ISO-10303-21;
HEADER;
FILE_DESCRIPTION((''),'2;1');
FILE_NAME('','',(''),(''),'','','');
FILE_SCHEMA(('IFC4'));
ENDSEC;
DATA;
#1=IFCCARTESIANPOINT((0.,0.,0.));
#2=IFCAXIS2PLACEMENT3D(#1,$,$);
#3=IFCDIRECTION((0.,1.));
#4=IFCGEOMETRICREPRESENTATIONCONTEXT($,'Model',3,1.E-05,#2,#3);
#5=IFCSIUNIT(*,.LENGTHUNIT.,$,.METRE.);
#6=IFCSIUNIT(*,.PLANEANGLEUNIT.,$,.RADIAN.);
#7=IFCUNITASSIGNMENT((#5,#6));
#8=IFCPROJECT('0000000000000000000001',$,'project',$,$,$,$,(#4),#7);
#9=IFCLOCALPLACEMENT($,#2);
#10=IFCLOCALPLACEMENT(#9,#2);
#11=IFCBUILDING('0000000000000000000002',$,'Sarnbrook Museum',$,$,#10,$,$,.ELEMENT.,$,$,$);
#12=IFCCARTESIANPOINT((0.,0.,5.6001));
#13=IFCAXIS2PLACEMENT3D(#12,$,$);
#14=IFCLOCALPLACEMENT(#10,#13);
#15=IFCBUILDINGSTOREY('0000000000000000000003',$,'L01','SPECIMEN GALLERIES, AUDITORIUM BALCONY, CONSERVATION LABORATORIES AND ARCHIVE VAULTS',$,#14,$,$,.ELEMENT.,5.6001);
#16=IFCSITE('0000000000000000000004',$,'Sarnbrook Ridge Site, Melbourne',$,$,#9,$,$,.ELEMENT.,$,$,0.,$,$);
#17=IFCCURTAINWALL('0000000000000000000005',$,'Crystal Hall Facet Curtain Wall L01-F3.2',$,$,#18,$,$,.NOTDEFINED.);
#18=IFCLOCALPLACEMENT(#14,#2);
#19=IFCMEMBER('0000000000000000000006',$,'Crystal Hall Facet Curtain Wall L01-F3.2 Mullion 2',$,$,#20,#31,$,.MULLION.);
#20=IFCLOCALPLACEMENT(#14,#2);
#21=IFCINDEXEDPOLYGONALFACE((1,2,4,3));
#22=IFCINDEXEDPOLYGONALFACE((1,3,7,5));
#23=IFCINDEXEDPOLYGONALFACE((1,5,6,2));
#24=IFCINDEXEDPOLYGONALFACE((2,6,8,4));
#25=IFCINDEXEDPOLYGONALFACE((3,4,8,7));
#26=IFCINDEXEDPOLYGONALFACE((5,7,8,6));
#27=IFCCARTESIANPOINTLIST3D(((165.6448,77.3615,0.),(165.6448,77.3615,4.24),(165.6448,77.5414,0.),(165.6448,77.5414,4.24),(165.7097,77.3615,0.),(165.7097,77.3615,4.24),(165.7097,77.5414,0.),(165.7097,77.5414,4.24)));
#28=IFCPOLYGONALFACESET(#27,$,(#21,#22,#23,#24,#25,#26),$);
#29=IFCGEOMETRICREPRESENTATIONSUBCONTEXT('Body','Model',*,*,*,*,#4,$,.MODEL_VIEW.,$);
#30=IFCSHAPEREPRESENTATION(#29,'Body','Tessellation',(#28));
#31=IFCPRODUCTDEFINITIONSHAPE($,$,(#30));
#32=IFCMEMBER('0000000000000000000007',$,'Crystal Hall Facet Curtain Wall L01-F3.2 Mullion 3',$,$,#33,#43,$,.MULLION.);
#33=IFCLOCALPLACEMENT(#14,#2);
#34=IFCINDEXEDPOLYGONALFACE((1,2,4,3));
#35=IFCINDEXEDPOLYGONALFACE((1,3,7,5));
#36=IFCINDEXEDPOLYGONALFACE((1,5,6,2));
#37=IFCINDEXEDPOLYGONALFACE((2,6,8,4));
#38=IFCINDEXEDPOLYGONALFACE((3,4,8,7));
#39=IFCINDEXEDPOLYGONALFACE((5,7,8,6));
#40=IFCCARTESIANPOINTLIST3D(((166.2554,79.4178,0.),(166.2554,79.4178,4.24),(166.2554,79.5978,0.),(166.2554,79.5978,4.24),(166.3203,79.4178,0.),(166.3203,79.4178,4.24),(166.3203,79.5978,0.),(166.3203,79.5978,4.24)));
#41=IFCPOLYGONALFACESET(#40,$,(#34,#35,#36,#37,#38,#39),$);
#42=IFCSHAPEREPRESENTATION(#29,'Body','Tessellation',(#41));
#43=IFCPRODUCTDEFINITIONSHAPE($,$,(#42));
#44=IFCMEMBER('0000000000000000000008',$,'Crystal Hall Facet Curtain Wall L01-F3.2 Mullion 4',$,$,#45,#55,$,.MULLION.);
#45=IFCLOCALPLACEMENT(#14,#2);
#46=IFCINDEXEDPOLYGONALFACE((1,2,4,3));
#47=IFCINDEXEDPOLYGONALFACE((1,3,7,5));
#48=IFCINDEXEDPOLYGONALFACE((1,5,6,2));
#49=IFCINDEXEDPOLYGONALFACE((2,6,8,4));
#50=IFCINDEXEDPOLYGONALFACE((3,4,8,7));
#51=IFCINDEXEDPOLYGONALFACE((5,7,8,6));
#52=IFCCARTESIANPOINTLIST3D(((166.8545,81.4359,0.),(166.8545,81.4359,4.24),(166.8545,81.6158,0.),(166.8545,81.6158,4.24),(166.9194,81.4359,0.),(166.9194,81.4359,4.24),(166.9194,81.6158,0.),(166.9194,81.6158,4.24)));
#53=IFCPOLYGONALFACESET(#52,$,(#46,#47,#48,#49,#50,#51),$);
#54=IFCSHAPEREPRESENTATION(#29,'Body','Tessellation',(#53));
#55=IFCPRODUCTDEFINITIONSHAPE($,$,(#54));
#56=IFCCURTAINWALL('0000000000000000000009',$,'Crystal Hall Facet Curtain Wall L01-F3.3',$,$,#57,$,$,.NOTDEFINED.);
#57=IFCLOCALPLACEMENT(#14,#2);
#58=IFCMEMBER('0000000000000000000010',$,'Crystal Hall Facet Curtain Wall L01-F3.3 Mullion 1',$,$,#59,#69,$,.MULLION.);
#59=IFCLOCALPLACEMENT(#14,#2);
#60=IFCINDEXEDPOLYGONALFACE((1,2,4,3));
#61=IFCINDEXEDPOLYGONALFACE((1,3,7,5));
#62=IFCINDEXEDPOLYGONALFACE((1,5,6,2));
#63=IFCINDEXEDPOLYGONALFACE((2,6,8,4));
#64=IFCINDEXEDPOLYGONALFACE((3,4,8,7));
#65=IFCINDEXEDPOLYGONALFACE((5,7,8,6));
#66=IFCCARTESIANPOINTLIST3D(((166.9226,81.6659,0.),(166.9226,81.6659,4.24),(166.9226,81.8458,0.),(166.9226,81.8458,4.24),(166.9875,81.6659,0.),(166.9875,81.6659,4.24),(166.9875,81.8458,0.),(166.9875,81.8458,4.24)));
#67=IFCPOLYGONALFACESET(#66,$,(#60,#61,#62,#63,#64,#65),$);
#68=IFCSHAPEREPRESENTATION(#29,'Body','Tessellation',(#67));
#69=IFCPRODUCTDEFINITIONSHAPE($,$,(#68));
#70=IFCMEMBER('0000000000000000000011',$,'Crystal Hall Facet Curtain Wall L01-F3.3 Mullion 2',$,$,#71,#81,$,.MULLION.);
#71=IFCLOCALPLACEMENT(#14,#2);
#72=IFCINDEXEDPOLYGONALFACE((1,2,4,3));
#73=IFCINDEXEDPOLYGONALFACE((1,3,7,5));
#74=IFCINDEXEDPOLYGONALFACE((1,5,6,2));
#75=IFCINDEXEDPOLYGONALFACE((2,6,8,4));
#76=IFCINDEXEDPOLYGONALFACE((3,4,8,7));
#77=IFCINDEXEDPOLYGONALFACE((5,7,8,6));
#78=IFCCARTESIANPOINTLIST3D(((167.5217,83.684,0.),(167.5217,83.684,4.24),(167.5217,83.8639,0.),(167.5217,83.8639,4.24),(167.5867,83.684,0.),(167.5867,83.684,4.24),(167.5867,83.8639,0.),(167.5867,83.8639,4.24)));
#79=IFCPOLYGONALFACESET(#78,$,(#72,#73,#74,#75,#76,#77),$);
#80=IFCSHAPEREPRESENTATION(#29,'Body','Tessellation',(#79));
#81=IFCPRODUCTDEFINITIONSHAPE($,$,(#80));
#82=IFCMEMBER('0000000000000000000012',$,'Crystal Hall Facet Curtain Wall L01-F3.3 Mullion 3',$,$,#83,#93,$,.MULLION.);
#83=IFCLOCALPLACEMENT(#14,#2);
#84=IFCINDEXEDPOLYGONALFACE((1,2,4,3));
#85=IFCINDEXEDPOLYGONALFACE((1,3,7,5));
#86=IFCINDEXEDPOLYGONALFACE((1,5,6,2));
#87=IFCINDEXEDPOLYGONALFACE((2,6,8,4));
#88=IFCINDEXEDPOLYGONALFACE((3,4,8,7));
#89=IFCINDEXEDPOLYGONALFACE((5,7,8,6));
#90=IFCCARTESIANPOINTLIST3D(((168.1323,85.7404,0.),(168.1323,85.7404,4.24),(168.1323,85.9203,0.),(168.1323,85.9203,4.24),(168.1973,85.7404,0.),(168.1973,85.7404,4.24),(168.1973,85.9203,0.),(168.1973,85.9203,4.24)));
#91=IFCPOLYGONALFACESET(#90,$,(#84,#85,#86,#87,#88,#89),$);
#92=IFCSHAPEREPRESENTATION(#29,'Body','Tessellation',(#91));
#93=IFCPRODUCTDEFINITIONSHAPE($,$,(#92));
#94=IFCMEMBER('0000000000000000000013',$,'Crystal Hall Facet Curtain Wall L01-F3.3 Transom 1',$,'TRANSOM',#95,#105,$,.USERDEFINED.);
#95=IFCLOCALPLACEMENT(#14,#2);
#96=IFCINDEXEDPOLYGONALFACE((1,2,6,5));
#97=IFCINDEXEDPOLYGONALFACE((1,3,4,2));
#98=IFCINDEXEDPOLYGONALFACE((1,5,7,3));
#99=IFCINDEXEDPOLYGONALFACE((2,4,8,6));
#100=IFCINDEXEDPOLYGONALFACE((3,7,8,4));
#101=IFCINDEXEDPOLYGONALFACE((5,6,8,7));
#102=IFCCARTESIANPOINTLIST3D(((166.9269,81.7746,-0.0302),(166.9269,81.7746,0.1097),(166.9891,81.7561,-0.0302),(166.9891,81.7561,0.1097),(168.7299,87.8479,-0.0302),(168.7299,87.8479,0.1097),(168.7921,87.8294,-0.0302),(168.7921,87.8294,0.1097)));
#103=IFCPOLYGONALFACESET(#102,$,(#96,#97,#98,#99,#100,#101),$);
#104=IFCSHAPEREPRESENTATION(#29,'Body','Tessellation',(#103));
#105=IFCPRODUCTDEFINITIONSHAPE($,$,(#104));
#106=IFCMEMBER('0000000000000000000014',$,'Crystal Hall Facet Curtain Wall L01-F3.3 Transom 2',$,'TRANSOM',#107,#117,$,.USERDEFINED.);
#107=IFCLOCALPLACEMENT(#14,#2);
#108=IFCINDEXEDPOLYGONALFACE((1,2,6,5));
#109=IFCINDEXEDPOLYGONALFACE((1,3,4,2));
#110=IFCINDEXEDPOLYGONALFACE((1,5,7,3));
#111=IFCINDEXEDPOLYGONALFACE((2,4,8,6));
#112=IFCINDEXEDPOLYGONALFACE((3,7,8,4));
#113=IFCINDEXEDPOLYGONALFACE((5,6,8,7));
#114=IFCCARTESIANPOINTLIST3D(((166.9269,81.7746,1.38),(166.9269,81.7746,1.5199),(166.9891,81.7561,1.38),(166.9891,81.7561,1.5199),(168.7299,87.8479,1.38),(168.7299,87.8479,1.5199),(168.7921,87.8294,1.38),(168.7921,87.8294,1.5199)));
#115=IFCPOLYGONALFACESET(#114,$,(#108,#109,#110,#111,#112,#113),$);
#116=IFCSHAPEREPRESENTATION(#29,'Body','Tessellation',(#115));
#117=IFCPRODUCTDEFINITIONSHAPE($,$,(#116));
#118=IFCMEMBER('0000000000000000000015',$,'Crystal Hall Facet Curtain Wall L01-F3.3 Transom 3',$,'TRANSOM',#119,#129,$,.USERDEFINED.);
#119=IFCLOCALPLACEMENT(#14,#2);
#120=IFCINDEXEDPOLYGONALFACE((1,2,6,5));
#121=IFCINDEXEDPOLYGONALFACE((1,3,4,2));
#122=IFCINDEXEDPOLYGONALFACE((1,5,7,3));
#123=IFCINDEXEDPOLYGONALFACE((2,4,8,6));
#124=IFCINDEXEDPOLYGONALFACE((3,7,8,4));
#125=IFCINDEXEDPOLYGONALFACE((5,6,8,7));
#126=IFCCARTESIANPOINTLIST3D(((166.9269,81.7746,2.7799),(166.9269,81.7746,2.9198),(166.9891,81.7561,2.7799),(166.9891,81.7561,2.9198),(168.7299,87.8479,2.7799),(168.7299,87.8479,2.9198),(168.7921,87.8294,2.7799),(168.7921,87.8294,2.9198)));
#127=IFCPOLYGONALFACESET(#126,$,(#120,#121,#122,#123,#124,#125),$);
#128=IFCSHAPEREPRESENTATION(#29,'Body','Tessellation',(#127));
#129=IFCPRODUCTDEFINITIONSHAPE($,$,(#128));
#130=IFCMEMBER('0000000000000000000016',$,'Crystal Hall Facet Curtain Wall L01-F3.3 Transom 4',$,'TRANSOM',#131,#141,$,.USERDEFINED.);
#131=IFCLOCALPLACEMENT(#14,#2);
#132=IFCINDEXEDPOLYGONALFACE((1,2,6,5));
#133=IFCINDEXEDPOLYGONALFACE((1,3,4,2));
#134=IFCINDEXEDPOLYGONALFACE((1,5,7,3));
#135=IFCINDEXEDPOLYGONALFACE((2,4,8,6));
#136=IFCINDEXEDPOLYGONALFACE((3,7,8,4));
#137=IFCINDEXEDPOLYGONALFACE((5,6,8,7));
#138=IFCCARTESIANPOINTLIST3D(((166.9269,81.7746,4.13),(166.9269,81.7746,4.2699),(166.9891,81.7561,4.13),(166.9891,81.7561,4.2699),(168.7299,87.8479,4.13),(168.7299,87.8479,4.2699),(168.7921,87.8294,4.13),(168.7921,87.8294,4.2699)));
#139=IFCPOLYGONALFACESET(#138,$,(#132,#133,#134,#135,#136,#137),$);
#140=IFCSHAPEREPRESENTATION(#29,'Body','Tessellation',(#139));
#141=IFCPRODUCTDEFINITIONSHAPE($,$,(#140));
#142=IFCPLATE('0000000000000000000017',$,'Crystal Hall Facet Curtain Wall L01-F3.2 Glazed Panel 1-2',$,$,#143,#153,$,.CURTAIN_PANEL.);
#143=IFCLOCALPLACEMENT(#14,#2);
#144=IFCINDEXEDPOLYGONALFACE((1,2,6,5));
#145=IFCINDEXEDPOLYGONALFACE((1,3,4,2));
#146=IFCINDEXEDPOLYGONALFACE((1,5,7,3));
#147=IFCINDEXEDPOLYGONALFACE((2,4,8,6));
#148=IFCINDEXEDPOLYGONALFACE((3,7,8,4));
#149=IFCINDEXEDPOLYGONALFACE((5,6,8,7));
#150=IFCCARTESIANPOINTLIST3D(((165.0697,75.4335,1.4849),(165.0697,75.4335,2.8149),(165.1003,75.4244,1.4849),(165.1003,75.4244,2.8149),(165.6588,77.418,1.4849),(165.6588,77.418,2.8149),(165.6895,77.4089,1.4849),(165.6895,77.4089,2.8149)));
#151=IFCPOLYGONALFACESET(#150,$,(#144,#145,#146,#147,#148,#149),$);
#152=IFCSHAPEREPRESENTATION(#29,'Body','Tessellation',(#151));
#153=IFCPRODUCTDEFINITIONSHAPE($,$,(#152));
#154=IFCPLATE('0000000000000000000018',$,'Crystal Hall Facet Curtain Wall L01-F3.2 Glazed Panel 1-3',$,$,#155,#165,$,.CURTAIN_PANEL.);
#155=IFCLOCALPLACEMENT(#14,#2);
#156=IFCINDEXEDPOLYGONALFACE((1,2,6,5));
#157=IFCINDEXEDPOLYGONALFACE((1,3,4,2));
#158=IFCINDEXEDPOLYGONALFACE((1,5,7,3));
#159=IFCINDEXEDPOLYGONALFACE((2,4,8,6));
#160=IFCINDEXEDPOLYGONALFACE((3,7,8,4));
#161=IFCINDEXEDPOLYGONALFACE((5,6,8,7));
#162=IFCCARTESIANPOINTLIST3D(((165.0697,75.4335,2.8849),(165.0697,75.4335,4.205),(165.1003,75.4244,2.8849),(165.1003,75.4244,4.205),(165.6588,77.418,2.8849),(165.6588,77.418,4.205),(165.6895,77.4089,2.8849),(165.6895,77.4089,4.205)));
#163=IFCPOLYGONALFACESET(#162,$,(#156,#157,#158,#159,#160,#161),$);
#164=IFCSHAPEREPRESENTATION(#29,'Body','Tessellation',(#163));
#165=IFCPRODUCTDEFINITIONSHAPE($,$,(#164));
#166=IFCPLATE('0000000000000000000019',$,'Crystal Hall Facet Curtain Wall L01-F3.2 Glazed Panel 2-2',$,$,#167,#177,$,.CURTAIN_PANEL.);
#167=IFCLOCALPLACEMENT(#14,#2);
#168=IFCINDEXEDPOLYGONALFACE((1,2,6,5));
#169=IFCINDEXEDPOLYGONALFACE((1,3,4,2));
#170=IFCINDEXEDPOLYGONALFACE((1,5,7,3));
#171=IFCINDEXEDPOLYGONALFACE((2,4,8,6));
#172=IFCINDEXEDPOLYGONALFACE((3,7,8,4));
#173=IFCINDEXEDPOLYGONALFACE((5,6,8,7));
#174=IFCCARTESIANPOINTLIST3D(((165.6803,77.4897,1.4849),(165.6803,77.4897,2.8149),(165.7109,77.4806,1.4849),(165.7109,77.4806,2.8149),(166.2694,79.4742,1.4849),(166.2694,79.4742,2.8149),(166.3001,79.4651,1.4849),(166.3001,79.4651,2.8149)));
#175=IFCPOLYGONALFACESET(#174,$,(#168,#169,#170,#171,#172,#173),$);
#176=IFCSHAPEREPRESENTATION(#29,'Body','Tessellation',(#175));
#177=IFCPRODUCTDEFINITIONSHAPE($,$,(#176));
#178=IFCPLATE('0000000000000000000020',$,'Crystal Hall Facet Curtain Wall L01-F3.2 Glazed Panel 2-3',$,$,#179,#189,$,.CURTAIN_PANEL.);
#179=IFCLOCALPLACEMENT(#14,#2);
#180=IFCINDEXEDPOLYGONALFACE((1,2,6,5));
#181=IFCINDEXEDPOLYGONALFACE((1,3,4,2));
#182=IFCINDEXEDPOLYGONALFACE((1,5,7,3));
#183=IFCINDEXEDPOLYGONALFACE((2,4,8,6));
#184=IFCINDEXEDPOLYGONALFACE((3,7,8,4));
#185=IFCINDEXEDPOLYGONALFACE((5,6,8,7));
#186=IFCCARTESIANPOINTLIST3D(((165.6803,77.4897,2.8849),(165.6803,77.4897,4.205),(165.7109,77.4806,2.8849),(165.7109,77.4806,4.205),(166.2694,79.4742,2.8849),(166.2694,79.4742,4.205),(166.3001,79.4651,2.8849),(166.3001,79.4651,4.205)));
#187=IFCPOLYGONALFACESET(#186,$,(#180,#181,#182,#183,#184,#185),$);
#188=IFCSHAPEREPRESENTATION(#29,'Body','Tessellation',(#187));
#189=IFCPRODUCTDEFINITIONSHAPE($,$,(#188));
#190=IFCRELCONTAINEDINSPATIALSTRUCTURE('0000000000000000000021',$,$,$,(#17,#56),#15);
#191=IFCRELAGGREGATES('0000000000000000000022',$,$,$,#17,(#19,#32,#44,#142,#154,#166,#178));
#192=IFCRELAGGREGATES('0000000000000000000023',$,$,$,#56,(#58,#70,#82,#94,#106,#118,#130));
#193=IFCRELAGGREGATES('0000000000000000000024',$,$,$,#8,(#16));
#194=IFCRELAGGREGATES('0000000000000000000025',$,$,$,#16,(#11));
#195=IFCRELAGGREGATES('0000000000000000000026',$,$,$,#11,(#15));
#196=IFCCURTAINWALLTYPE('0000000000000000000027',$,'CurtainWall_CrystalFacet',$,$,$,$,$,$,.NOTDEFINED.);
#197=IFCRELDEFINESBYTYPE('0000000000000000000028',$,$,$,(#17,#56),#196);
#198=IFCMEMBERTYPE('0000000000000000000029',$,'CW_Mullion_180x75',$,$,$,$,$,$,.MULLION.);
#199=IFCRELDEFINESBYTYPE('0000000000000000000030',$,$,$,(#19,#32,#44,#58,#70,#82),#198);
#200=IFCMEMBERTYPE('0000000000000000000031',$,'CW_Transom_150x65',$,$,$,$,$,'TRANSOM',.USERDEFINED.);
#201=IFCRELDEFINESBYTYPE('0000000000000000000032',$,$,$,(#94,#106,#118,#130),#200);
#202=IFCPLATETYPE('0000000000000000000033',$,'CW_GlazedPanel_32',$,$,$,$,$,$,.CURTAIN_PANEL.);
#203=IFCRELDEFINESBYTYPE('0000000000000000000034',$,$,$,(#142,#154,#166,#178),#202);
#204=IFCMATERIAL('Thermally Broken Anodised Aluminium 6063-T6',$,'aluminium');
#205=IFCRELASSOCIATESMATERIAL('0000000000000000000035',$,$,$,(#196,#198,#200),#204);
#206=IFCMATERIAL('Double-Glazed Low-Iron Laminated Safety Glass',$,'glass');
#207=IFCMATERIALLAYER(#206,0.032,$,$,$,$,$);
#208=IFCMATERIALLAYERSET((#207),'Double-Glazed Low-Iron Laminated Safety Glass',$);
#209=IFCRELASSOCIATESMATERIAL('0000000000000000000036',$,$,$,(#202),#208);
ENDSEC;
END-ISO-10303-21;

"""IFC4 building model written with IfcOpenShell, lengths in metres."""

from ifc_helpers import new_model, si_unit, direction, frame, origin, origin_2d, place, context, subcontext, project, spatial, rectangle, extrude, material, layer, layer_set, material_profile, profile_set, type_object, element, aggregate, save


model = new_model("IFC4")

# Units and contexts
model_context = context("Model", 3, precision=1e-05, world=origin(), true_north=direction((0.0, 1.0)))
body_context = subcontext(model_context, "Body", "Model", "MODEL_VIEW")
ifc_project = project(units=[si_unit("LENGTHUNIT", "METRE"), si_unit("PLANEANGLEUNIT", "RADIAN")], contexts=[model_context])

# Site, building, storey
site_placement = place(None, origin())
site = spatial("IfcSite", under=ifc_project, at=site_placement, Name="Sarnbrook Ridge Site, Melbourne", CompositionType="ELEMENT", RefElevation=0.0)
building_placement = place(site_placement, origin())
building = spatial("IfcBuilding", under=site, at=building_placement, Name="Sarnbrook Museum", CompositionType="ELEMENT")
storey_placement = place(building_placement, frame((0.0, 0.0, 5.6001)))
storey = spatial("IfcBuildingStorey", under=building, at=storey_placement, Name="L01", Description="SPECIMEN GALLERIES, AUDITORIUM BALCONY, CONSERVATION LABORATORIES AND ARCHIVE VAULTS", CompositionType="ELEMENT", Elevation=5.6001)

# Curtain walls, members
ifc_material_1 = material(Name="Thermally Broken Anodised Aluminium 6063-T6", Category="aluminium")
curtain_wall_type = type_object("IfcCurtainWallType", Name="CurtainWall_CrystalFacet", PredefinedType="NOTDEFINED", material=ifc_material_1)
curtain_wall_1_placement = place(storey_placement, origin())
curtain_wall_1 = element("IfcCurtainWall", 1, at=curtain_wall_1_placement, inside=storey, type_object=curtain_wall_type, Name="Crystal Hall Facet Curtain Wall L01-F3.2", PredefinedType="NOTDEFINED")
ifc_material_profile_1 = material_profile(ifc_material_1, rectangle(XDim=0.0649, YDim=0.1799, at=origin_2d()), Name="ALU MULLION 65x180")
ifc_profile_set_1 = profile_set([ifc_material_profile_1], Name="Thermally Broken Anodised Aluminium 6063-T6")
member_type_1 = type_object("IfcMemberType", Name="CW_Mullion_180x75", PredefinedType="MULLION", material=ifc_profile_set_1)
member_1_placement = place(storey_placement, frame((165.6772, 77.4514, 0.0), z_axis=(0.0, 0.0, 1.0), x_axis=(1.0, 0.0, 0.0)))
member_1 = element("IfcMember", 2, at=member_1_placement, type_object=member_type_1, Name="Crystal Hall Facet Curtain Wall L01-F3.2 Mullion 2", PredefinedType="MULLION", context=body_context, shape_type="SweptSolid", body=[
    extrude(rectangle(XDim=0.0649, YDim=0.1799, at=origin_2d()), origin(), (0.0, 0.0, 1.0), 4.24),
])
member_2_placement = place(storey_placement, frame((166.2878, 79.5078, 0.0), z_axis=(0.0, 0.0, 1.0), x_axis=(1.0, 0.0, 0.0)))
member_2 = element("IfcMember", 3, at=member_2_placement, type_object=member_type_1, Name="Crystal Hall Facet Curtain Wall L01-F3.2 Mullion 3", PredefinedType="MULLION", context=body_context, shape_type="SweptSolid", body=[
    extrude(rectangle(XDim=0.0649, YDim=0.1799, at=origin_2d()), origin(), (0.0, 0.0, 1.0), 4.24),
])
member_3_placement = place(storey_placement, frame((166.887, 81.5259, 0.0), z_axis=(0.0, 0.0, 1.0), x_axis=(1.0, 0.0, 0.0)))
member_3 = element("IfcMember", 4, at=member_3_placement, type_object=member_type_1, Name="Crystal Hall Facet Curtain Wall L01-F3.2 Mullion 4", PredefinedType="MULLION", context=body_context, shape_type="SweptSolid", body=[
    extrude(rectangle(XDim=0.0649, YDim=0.1799, at=origin_2d()), origin(), (0.0, 0.0, 1.0), 4.24),
])
curtain_wall_2_placement = place(storey_placement, origin())
curtain_wall_2 = element("IfcCurtainWall", 5, at=curtain_wall_2_placement, inside=storey, type_object=curtain_wall_type, Name="Crystal Hall Facet Curtain Wall L01-F3.3", PredefinedType="NOTDEFINED")
member_4_placement = place(storey_placement, frame((166.9551, 81.7559, 0.0), z_axis=(0.0, 0.0, 1.0), x_axis=(1.0, 0.0, 0.0)))
member_4 = element("IfcMember", 6, at=member_4_placement, type_object=member_type_1, Name="Crystal Hall Facet Curtain Wall L01-F3.3 Mullion 1", PredefinedType="MULLION", context=body_context, shape_type="SweptSolid", body=[
    extrude(rectangle(XDim=0.0649, YDim=0.1799, at=origin_2d()), origin(), (0.0, 0.0, 1.0), 4.24),
])
member_5_placement = place(storey_placement, frame((167.5542, 83.7739, 0.0), z_axis=(0.0, 0.0, 1.0), x_axis=(1.0, 0.0, 0.0)))
member_5 = element("IfcMember", 7, at=member_5_placement, type_object=member_type_1, Name="Crystal Hall Facet Curtain Wall L01-F3.3 Mullion 2", PredefinedType="MULLION", context=body_context, shape_type="SweptSolid", body=[
    extrude(rectangle(XDim=0.0649, YDim=0.1799, at=origin_2d()), origin(), (0.0, 0.0, 1.0), 4.24),
])
member_6_placement = place(storey_placement, frame((168.1648, 85.8303, 0.0), z_axis=(0.0, 0.0, 1.0), x_axis=(1.0, 0.0, 0.0)))
member_6 = element("IfcMember", 8, at=member_6_placement, type_object=member_type_1, Name="Crystal Hall Facet Curtain Wall L01-F3.3 Mullion 3", PredefinedType="MULLION", context=body_context, shape_type="SweptSolid", body=[
    extrude(rectangle(XDim=0.0649, YDim=0.1799, at=origin_2d()), origin(), (0.0, 0.0, 1.0), 4.24),
])
ifc_material_profile_2 = material_profile(ifc_material_1, rectangle(XDim=0.0649, YDim=0.1399, at=origin_2d()), Name="ALU TRANSOM 65x140")
ifc_profile_set_2 = profile_set([ifc_material_profile_2], Name="Thermally Broken Anodised Aluminium 6063-T6")
member_type_2 = type_object("IfcMemberType", Name="CW_Transom_150x65", ElementType="TRANSOM", PredefinedType="USERDEFINED", material=ifc_profile_set_2)
member_7_placement = place(storey_placement, frame((166.958, 81.7654, 0.0398), z_axis=(0.284596, 0.958648, 0.0), x_axis=(-0.958648, 0.284596, 0.0)))
member_7 = element("IfcMember", 9, at=member_7_placement, type_object=member_type_2, Name="Crystal Hall Facet Curtain Wall L01-F3.3 Transom 1", ObjectType="TRANSOM", PredefinedType="USERDEFINED", context=body_context, shape_type="SweptSolid", body=[
    extrude(rectangle(XDim=0.0649, YDim=0.1399, at=origin_2d()), origin(), (0.0, 0.0, 1.0), 6.3352),
])
member_8_placement = place(storey_placement, frame((166.958, 81.7654, 1.45), z_axis=(0.284596, 0.958648, 0.0), x_axis=(-0.958648, 0.284596, 0.0)))
member_8 = element("IfcMember", 10, at=member_8_placement, type_object=member_type_2, Name="Crystal Hall Facet Curtain Wall L01-F3.3 Transom 2", ObjectType="TRANSOM", PredefinedType="USERDEFINED", context=body_context, shape_type="SweptSolid", body=[
    extrude(rectangle(XDim=0.0649, YDim=0.1399, at=origin_2d()), origin(), (0.0, 0.0, 1.0), 6.3352),
])
member_9_placement = place(storey_placement, frame((166.958, 81.7654, 2.8499), z_axis=(0.284596, 0.958648, 0.0), x_axis=(-0.958648, 0.284596, 0.0)))
member_9 = element("IfcMember", 11, at=member_9_placement, type_object=member_type_2, Name="Crystal Hall Facet Curtain Wall L01-F3.3 Transom 3", ObjectType="TRANSOM", PredefinedType="USERDEFINED", context=body_context, shape_type="SweptSolid", body=[
    extrude(rectangle(XDim=0.0649, YDim=0.1399, at=origin_2d()), origin(), (0.0, 0.0, 1.0), 6.3352),
])
member_10_placement = place(storey_placement, frame((166.958, 81.7654, 4.2), z_axis=(0.284596, 0.958648, 0.0), x_axis=(-0.958648, 0.284596, 0.0)))
member_10 = element("IfcMember", 12, at=member_10_placement, type_object=member_type_2, Name="Crystal Hall Facet Curtain Wall L01-F3.3 Transom 4", ObjectType="TRANSOM", PredefinedType="USERDEFINED", context=body_context, shape_type="SweptSolid", body=[
    extrude(rectangle(XDim=0.0649, YDim=0.1399, at=origin_2d()), origin(), (0.0, 0.0, 1.0), 6.3352),
])

# Plates
ifc_material_2 = material(Name="Double-Glazed Low-Iron Laminated Safety Glass", Category="glass")
ifc_layer_1 = layer(ifc_material_2, 0.032)
ifc_layer_set_1 = layer_set([ifc_layer_1], Name="Double-Glazed Low-Iron Laminated Safety Glass")
plate_type_1 = type_object("IfcPlateType", Name="CW_GlazedPanel_32", PredefinedType="CURTAIN_PANEL", material=ifc_layer_set_1)
plate_1_placement = place(storey_placement, frame((165.3643, 76.4258, 2.1499), z_axis=(0.958647, -0.284599, 0.0), x_axis=(0.284599, 0.958647, 0.0)))
plate_1 = element("IfcPlate", 13, at=plate_1_placement, type_object=plate_type_1, Name="Crystal Hall Facet Curtain Wall L01-F3.2 Glazed Panel 1-2", PredefinedType="CURTAIN_PANEL", context=body_context, shape_type="SweptSolid", body=[
    extrude(rectangle(XDim=2.0701, YDim=1.3301, at=origin_2d()), origin(), (0.0, 0.0, 1.0), 0.032),
])
plate_2_placement = place(storey_placement, frame((165.3643, 76.4258, 3.5449), z_axis=(0.958647, -0.284599, 0.0), x_axis=(0.284599, 0.958647, 0.0)))
plate_2 = element("IfcPlate", 14, at=plate_2_placement, type_object=plate_type_1, Name="Crystal Hall Facet Curtain Wall L01-F3.2 Glazed Panel 1-3", PredefinedType="CURTAIN_PANEL", context=body_context, shape_type="SweptSolid", body=[
    extrude(rectangle(XDim=2.0701, YDim=1.3201, at=origin_2d()), origin(), (0.0, 0.0, 1.0), 0.032),
])
plate_3_placement = place(storey_placement, frame((165.9749, 78.4819, 2.1499), z_axis=(0.958647, -0.284599, 0.0), x_axis=(0.284599, 0.958647, 0.0)))
plate_3 = element("IfcPlate", 15, at=plate_3_placement, type_object=plate_type_1, Name="Crystal Hall Facet Curtain Wall L01-F3.2 Glazed Panel 2-2", PredefinedType="CURTAIN_PANEL", context=body_context, shape_type="SweptSolid", body=[
    extrude(rectangle(XDim=2.0701, YDim=1.3301, at=origin_2d()), origin(), (0.0, 0.0, 1.0), 0.032),
])
plate_4_placement = place(storey_placement, frame((165.9749, 78.4819, 3.5449), z_axis=(0.958647, -0.284599, 0.0), x_axis=(0.284599, 0.958647, 0.0)))
plate_4 = element("IfcPlate", 16, at=plate_4_placement, type_object=plate_type_1, Name="Crystal Hall Facet Curtain Wall L01-F3.2 Glazed Panel 2-3", PredefinedType="CURTAIN_PANEL", context=body_context, shape_type="SweptSolid", body=[
    extrude(rectangle(XDim=2.0701, YDim=1.3201, at=origin_2d()), origin(), (0.0, 0.0, 1.0), 0.032),
])
aggregate(curtain_wall_1, [member_1, member_2, member_3, plate_1, plate_2, plate_3, plate_4])
aggregate(curtain_wall_2, [member_4, member_5, member_6, member_7, member_8, member_9, member_10])

save(model, "model.ifc")
